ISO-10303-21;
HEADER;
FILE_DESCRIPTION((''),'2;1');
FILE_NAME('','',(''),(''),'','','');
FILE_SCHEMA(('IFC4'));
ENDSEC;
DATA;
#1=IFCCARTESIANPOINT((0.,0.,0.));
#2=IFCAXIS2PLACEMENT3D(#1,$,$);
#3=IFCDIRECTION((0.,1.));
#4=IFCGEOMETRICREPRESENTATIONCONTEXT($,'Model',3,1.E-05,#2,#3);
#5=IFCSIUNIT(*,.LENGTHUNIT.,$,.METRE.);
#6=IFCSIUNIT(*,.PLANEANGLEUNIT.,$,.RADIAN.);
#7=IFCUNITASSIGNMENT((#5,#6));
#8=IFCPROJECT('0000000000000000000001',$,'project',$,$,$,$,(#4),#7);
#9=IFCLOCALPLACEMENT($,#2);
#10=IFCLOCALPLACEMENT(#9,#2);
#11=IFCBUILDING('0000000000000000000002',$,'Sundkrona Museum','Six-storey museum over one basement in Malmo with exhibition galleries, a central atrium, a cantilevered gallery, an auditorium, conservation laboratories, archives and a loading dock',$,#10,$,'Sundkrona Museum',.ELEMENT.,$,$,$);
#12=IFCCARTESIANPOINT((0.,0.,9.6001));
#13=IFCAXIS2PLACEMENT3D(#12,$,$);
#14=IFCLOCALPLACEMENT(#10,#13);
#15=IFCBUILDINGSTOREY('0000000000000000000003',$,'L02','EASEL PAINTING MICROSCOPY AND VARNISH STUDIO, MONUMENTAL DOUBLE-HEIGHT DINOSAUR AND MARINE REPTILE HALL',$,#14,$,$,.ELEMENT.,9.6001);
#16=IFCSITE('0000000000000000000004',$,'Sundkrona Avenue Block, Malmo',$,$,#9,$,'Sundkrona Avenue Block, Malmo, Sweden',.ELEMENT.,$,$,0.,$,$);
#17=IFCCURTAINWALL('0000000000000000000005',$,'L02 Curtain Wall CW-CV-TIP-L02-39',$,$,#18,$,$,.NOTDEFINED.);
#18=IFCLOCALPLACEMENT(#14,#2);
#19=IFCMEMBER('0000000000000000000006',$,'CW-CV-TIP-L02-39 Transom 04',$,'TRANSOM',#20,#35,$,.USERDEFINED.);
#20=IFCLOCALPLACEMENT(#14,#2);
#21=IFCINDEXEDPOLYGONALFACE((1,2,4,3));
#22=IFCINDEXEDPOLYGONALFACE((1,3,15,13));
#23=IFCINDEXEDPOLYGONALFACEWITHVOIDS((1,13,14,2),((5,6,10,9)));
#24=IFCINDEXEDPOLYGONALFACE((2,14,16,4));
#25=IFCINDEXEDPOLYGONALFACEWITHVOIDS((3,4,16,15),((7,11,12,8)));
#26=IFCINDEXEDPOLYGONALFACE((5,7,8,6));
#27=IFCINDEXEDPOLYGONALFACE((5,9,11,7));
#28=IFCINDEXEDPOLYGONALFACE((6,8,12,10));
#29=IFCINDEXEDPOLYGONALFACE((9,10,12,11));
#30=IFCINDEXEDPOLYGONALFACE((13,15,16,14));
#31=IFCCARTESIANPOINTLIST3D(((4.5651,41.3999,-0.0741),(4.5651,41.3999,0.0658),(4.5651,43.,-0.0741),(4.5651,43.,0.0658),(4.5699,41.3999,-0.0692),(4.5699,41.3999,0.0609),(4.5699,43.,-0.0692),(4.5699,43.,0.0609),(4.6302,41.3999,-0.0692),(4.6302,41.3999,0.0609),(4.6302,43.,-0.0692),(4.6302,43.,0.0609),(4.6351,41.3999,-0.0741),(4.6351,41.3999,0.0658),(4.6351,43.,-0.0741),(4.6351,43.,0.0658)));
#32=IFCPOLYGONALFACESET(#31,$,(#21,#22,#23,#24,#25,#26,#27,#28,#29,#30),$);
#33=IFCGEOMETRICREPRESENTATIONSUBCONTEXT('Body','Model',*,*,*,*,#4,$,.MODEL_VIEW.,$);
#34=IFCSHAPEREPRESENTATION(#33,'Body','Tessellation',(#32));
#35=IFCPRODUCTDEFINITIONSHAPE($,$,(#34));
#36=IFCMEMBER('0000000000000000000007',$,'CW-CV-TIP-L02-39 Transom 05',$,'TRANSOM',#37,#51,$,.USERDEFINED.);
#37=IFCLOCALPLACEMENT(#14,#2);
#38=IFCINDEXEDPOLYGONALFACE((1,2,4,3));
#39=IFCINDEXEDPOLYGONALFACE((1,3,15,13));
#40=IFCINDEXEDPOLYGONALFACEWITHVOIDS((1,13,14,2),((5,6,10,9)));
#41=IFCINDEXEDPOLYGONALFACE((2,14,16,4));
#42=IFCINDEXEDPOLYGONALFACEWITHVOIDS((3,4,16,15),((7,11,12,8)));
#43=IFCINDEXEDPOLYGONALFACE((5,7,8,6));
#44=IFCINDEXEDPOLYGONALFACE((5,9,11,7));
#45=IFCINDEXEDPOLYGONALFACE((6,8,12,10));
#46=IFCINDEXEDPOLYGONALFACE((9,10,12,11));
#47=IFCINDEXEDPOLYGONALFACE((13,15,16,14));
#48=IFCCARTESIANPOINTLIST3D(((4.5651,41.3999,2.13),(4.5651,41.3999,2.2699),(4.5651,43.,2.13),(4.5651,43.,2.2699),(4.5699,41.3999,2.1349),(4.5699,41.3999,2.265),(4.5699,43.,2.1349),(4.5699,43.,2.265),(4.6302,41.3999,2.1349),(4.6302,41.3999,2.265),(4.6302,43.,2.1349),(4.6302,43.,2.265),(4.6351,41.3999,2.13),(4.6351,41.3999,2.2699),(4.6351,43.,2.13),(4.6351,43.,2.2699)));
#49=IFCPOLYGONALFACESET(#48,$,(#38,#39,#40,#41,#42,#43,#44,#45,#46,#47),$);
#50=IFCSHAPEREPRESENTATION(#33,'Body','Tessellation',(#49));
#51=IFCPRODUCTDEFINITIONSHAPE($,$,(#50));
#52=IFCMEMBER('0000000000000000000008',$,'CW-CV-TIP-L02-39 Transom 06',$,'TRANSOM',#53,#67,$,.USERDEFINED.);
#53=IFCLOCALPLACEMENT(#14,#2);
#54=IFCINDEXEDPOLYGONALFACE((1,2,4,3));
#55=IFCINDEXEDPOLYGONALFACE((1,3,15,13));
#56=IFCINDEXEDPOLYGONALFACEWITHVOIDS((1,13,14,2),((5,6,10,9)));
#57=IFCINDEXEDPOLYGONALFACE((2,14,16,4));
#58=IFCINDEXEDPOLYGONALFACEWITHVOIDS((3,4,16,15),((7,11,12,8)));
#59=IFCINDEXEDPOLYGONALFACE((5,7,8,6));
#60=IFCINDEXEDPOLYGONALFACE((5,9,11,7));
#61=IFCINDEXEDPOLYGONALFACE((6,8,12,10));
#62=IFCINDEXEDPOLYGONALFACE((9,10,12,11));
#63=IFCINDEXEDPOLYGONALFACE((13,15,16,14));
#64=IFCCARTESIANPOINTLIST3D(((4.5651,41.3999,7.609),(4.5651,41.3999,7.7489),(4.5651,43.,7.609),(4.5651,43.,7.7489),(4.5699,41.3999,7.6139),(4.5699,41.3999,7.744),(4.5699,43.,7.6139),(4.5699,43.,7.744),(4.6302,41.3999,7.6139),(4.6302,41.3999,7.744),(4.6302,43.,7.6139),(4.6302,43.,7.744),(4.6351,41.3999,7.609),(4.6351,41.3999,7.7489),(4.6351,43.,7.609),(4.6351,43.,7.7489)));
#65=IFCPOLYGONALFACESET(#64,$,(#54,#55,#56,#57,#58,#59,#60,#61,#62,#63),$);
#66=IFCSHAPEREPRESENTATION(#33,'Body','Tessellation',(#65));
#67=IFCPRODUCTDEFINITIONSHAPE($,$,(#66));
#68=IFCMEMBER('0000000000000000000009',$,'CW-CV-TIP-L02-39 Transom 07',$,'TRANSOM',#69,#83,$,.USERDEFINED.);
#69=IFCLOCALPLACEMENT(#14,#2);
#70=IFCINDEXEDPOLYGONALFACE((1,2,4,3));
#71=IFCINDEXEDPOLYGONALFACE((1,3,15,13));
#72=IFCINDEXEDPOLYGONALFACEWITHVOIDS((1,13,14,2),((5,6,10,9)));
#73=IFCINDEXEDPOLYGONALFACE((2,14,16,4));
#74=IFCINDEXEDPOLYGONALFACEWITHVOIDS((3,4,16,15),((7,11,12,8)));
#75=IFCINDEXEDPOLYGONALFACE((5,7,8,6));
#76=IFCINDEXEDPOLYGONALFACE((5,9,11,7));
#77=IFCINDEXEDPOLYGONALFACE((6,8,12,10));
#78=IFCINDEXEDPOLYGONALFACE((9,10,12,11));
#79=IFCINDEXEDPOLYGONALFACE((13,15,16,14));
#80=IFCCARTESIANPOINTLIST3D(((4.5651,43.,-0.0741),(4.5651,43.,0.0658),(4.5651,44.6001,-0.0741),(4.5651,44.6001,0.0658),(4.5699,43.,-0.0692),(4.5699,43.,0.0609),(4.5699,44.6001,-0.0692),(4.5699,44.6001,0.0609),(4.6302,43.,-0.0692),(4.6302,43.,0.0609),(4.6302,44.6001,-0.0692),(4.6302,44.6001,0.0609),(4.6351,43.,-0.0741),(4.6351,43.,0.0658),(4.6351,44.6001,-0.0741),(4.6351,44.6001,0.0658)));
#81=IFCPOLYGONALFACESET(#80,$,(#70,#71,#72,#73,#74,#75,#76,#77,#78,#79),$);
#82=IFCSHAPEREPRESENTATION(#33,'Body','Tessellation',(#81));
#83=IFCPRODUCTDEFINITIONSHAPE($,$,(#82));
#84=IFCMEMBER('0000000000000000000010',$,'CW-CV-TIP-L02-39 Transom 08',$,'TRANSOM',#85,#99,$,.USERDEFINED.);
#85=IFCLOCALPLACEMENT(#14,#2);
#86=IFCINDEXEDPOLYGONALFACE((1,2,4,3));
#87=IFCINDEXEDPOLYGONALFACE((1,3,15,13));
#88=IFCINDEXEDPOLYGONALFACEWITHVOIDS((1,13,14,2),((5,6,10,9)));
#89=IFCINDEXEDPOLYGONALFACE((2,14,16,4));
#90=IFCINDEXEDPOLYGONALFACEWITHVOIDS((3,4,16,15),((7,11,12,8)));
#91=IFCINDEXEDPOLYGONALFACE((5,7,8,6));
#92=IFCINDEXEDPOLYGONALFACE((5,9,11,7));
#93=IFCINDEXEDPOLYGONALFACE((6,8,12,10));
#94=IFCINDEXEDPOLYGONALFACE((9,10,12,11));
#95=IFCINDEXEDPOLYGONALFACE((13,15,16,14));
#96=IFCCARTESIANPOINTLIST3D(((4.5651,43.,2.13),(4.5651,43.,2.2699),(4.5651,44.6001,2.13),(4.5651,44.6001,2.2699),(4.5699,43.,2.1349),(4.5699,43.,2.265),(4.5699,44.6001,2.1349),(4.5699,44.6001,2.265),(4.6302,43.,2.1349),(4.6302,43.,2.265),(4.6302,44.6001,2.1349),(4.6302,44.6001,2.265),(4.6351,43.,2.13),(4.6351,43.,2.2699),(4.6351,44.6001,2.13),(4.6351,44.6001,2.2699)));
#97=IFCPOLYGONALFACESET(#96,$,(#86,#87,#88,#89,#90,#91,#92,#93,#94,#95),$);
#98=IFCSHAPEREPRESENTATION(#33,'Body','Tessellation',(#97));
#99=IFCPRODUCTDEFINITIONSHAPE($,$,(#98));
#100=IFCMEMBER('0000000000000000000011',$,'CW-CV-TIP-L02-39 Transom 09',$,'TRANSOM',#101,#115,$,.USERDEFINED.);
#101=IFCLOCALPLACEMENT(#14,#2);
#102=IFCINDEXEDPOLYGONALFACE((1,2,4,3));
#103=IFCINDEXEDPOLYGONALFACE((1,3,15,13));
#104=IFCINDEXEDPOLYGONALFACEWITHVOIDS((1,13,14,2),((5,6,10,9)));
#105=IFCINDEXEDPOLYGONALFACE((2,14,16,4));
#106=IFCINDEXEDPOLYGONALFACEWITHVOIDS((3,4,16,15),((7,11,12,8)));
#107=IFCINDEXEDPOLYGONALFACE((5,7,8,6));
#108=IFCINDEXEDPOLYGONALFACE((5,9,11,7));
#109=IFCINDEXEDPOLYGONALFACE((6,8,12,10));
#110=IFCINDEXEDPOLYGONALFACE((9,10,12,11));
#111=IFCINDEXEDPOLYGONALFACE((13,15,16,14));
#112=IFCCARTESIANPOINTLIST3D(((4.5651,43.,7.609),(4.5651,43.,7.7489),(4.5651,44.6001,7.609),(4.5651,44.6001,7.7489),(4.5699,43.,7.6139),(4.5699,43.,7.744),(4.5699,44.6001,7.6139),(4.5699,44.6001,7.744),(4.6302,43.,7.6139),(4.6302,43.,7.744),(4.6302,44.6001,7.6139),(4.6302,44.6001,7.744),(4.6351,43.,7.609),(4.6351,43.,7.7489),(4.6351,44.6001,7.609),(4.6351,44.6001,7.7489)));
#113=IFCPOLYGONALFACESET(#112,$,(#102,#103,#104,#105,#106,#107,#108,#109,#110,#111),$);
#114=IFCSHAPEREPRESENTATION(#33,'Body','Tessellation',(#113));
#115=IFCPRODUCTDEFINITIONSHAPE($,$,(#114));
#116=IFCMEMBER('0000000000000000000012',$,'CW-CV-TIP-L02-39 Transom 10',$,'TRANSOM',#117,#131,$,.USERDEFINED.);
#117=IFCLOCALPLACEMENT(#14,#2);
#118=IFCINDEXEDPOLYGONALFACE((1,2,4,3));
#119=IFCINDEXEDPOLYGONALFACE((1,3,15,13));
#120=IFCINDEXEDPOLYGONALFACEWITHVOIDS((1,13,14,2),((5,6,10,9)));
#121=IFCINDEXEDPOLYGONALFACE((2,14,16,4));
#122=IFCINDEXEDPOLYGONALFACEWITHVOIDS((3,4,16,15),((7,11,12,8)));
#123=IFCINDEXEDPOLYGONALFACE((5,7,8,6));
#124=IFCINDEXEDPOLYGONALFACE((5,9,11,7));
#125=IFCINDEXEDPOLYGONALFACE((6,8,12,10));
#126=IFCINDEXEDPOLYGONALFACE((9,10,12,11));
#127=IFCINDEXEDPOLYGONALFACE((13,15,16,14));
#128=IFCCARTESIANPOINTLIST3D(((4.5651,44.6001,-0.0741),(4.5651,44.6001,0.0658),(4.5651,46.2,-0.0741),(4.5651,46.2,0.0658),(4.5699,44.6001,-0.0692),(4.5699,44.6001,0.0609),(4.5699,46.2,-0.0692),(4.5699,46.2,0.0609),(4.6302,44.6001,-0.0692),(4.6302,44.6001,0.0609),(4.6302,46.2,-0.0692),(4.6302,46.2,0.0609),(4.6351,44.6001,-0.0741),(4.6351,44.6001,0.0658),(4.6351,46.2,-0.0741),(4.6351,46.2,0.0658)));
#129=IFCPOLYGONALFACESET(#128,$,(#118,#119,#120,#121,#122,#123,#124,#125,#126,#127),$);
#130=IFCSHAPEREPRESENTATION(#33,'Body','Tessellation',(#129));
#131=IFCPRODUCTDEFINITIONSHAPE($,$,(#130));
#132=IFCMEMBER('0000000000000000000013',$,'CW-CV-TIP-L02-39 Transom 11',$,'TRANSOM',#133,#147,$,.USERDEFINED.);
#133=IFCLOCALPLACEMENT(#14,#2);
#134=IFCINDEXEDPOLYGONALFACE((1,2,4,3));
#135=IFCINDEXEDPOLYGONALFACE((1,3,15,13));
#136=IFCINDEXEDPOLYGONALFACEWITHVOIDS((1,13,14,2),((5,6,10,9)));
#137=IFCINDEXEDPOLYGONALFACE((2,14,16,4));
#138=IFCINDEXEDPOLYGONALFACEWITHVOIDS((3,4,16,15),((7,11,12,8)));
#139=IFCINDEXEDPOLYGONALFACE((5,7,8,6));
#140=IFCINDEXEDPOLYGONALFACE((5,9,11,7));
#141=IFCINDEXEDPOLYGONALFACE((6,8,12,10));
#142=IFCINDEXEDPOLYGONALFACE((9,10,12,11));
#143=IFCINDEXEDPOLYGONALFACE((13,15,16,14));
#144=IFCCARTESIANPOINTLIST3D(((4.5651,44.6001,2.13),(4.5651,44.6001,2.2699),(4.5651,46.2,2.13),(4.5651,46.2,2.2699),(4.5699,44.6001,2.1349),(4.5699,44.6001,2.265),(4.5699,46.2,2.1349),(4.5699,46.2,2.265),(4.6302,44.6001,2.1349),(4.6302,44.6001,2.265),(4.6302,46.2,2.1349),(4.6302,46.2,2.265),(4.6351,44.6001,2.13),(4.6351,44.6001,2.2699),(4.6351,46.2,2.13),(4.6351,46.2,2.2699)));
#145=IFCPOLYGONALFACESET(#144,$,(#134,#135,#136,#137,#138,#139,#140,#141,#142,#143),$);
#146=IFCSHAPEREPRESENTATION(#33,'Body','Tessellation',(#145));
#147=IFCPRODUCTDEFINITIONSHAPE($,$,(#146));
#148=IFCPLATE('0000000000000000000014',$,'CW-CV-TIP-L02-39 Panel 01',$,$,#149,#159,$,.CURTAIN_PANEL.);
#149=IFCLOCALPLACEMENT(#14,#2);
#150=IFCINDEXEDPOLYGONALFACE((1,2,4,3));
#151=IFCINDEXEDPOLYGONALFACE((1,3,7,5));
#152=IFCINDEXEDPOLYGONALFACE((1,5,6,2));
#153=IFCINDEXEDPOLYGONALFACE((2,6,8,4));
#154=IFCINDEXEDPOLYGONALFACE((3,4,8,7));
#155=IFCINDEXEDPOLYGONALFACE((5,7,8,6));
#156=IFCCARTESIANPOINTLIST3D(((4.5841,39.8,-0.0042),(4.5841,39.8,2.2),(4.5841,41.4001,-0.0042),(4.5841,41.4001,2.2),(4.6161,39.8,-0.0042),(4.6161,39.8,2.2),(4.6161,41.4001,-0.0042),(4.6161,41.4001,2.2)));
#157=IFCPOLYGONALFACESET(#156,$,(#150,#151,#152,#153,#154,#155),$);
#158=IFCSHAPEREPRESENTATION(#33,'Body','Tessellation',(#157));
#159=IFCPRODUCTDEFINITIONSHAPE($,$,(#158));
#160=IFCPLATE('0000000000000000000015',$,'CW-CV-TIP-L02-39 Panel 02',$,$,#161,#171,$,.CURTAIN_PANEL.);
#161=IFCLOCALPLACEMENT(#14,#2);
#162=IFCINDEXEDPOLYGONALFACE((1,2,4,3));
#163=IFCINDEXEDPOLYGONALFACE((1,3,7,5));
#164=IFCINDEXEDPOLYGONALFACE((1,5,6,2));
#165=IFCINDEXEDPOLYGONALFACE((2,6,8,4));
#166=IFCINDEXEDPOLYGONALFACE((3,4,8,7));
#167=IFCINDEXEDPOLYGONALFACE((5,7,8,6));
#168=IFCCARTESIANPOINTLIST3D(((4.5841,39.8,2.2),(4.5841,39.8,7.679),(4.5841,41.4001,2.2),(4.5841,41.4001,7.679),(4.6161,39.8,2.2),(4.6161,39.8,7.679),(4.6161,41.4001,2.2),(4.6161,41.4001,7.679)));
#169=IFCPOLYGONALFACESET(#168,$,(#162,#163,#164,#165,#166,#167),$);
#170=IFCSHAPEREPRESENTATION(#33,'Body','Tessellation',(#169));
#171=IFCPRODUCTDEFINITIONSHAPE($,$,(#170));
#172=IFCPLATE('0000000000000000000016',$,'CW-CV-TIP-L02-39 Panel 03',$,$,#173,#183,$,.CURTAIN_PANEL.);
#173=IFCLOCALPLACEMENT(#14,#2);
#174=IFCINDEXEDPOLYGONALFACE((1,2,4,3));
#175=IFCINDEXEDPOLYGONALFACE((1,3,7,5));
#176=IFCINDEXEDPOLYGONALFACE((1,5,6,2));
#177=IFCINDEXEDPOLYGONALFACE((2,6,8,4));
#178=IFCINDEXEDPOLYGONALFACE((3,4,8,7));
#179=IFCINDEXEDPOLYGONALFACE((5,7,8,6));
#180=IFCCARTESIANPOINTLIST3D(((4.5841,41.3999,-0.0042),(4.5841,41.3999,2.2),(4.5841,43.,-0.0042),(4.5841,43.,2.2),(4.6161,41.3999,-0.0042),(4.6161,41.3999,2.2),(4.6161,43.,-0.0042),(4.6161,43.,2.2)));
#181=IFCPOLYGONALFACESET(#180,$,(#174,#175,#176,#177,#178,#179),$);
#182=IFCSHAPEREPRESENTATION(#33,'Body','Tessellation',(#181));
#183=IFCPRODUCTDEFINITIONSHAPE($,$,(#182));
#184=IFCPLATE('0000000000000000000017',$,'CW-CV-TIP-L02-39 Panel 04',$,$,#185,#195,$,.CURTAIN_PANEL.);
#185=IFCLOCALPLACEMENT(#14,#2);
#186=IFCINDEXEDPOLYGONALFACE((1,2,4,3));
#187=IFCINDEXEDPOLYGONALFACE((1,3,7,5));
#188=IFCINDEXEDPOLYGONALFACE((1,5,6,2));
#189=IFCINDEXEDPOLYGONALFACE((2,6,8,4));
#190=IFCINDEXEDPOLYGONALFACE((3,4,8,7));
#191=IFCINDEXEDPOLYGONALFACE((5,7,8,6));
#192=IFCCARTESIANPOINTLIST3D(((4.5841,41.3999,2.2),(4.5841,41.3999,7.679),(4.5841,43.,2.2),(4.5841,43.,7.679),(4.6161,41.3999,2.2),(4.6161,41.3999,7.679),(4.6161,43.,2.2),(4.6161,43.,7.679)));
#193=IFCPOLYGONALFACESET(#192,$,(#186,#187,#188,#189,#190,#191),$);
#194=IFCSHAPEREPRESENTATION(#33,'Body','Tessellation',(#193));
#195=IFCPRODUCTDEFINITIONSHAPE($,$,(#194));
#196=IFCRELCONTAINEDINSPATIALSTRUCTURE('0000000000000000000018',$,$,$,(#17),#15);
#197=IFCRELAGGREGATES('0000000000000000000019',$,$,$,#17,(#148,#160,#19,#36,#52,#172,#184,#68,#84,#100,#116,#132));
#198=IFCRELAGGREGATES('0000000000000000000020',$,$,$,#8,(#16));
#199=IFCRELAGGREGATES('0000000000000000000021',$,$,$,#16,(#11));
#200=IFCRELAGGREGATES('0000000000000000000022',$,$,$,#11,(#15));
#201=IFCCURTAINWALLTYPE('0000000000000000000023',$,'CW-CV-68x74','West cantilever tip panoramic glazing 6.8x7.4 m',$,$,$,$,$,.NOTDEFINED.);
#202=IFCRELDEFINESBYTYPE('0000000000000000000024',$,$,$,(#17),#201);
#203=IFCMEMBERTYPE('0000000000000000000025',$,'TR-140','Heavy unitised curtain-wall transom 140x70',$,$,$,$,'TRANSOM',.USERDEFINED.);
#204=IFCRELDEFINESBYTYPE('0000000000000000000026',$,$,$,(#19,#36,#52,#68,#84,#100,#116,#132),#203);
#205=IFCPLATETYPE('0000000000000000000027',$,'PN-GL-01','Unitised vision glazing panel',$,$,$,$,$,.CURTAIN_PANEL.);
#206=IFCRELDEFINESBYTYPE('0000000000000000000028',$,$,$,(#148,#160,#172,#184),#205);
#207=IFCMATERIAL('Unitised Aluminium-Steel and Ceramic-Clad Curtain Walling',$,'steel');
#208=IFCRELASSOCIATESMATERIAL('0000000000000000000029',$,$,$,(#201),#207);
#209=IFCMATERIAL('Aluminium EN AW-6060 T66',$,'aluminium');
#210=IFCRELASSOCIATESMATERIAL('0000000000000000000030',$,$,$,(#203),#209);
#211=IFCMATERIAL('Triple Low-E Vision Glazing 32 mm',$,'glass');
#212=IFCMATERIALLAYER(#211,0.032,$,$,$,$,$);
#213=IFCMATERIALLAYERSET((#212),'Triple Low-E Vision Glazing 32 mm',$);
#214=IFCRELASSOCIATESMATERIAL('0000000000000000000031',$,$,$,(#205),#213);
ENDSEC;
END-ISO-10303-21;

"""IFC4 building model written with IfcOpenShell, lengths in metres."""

from ifc_helpers import new_model, si_unit, direction, frame, origin, origin_2d, place, context, subcontext, project, spatial, rectangle, hollow_rectangle, extrude, material, layer, layer_set, material_profile, profile_set, type_object, element, aggregate, save


model = new_model("IFC4")

# Units and contexts
model_context = context("Model", 3, precision=1e-05, world=origin(), true_north=direction((0.0, 1.0)))
body_context = subcontext(model_context, "Body", "Model", "MODEL_VIEW")
ifc_project = project(units=[si_unit("LENGTHUNIT", "METRE"), si_unit("PLANEANGLEUNIT", "RADIAN")], contexts=[model_context])

# Site, building, storey
site_placement = place(None, origin())
site = spatial("IfcSite", under=ifc_project, at=site_placement, Name="Sundkrona Avenue Block, Malmo", LongName="Sundkrona Avenue Block, Malmo, Sweden", CompositionType="ELEMENT", RefElevation=0.0)
building_placement = place(site_placement, origin())
building = spatial("IfcBuilding", under=site, at=building_placement, Name="Sundkrona Museum", Description="Six-storey museum over one basement in Malmo with exhibition galleries, a central atrium, a cantilevered gallery, an auditorium, conservation laboratories, archives and a loading dock", LongName="Sundkrona Museum", CompositionType="ELEMENT")
storey_placement = place(building_placement, frame((0.0, 0.0, 9.6001)))
storey = spatial("IfcBuildingStorey", under=building, at=storey_placement, Name="L02", Description="EASEL PAINTING MICROSCOPY AND VARNISH STUDIO, MONUMENTAL DOUBLE-HEIGHT DINOSAUR AND MARINE REPTILE HALL", CompositionType="ELEMENT", Elevation=9.6001)

# Shared definitions
ifc_material_1 = material(Name="Unitised Aluminium-Steel and Ceramic-Clad Curtain Walling", Category="steel")
curtain_wall_type = type_object("IfcCurtainWallType", Name="CW-CV-68x74", Description="West cantilever tip panoramic glazing 6.8x7.4 m", PredefinedType="NOTDEFINED", material=ifc_material_1)
ifc_material_2 = material(Name="Aluminium EN AW-6060 T66", Category="aluminium")

# Curtain wall, members, plates
curtain_wall_1_placement = place(storey_placement, origin())
curtain_wall_1 = element("IfcCurtainWall", 1, at=curtain_wall_1_placement, inside=storey, type_object=curtain_wall_type, Name="L02 Curtain Wall CW-CV-TIP-L02-39", PredefinedType="NOTDEFINED")
ifc_material_profile_1 = material_profile(ifc_material_2, hollow_rectangle(XDim=0.0701, YDim=0.1399, WallThickness=0.0049, at=origin_2d()), Name="RHS 140x70x5.0")
ifc_profile_set_1 = profile_set([ifc_material_profile_1], Name="Aluminium EN AW-6060 T66")
member_type_1 = type_object("IfcMemberType", Name="TR-140", Description="Heavy unitised curtain-wall transom 140x70", ElementType="TRANSOM", PredefinedType="USERDEFINED", material=ifc_profile_set_1)
member_1_placement = place(storey_placement, frame((4.6001, 41.3999, -0.0042), z_axis=(0.0, 1.0, 0.0), x_axis=(-1.0, 0.0, 0.0)))
member_1 = element("IfcMember", 2, at=member_1_placement, type_object=member_type_1, Name="CW-CV-TIP-L02-39 Transom 04", ObjectType="TRANSOM", PredefinedType="USERDEFINED", context=body_context, shape_type="SweptSolid", body=[
    extrude(hollow_rectangle(XDim=0.0701, YDim=0.1399, WallThickness=0.0049, at=origin_2d()), origin(), (0.0, 0.0, 1.0), 1.6001),
])
member_2_placement = place(storey_placement, frame((4.6001, 41.3999, 2.2), z_axis=(0.0, 1.0, 0.0), x_axis=(-1.0, 0.0, 0.0)))
member_2 = element("IfcMember", 3, at=member_2_placement, type_object=member_type_1, Name="CW-CV-TIP-L02-39 Transom 05", ObjectType="TRANSOM", PredefinedType="USERDEFINED", context=body_context, shape_type="SweptSolid", body=[
    extrude(hollow_rectangle(XDim=0.0701, YDim=0.1399, WallThickness=0.0049, at=origin_2d()), origin(), (0.0, 0.0, 1.0), 1.6001),
])
member_3_placement = place(storey_placement, frame((4.6001, 41.3999, 7.679), z_axis=(0.0, 1.0, 0.0), x_axis=(-1.0, 0.0, 0.0)))
member_3 = element("IfcMember", 4, at=member_3_placement, type_object=member_type_1, Name="CW-CV-TIP-L02-39 Transom 06", ObjectType="TRANSOM", PredefinedType="USERDEFINED", context=body_context, shape_type="SweptSolid", body=[
    extrude(hollow_rectangle(XDim=0.0701, YDim=0.1399, WallThickness=0.0049, at=origin_2d()), origin(), (0.0, 0.0, 1.0), 1.6001),
])
member_4_placement = place(storey_placement, frame((4.6001, 43.0, -0.0042), z_axis=(0.0, 1.0, 0.0), x_axis=(-1.0, 0.0, 0.0)))
member_4 = element("IfcMember", 5, at=member_4_placement, type_object=member_type_1, Name="CW-CV-TIP-L02-39 Transom 07", ObjectType="TRANSOM", PredefinedType="USERDEFINED", context=body_context, shape_type="SweptSolid", body=[
    extrude(hollow_rectangle(XDim=0.0701, YDim=0.1399, WallThickness=0.0049, at=origin_2d()), origin(), (0.0, 0.0, 1.0), 1.6001),
])
member_5_placement = place(storey_placement, frame((4.6001, 43.0, 2.2), z_axis=(0.0, 1.0, 0.0), x_axis=(-1.0, 0.0, 0.0)))
member_5 = element("IfcMember", 6, at=member_5_placement, type_object=member_type_1, Name="CW-CV-TIP-L02-39 Transom 08", ObjectType="TRANSOM", PredefinedType="USERDEFINED", context=body_context, shape_type="SweptSolid", body=[
    extrude(hollow_rectangle(XDim=0.0701, YDim=0.1399, WallThickness=0.0049, at=origin_2d()), origin(), (0.0, 0.0, 1.0), 1.6001),
])
member_6_placement = place(storey_placement, frame((4.6001, 43.0, 7.679), z_axis=(0.0, 1.0, 0.0), x_axis=(-1.0, 0.0, 0.0)))
member_6 = element("IfcMember", 7, at=member_6_placement, type_object=member_type_1, Name="CW-CV-TIP-L02-39 Transom 09", ObjectType="TRANSOM", PredefinedType="USERDEFINED", context=body_context, shape_type="SweptSolid", body=[
    extrude(hollow_rectangle(XDim=0.0701, YDim=0.1399, WallThickness=0.0049, at=origin_2d()), origin(), (0.0, 0.0, 1.0), 1.6001),
])
member_7_placement = place(storey_placement, frame((4.6001, 44.6001, -0.0042), z_axis=(0.0, 1.0, 0.0), x_axis=(-1.0, 0.0, 0.0)))
member_7 = element("IfcMember", 8, at=member_7_placement, type_object=member_type_1, Name="CW-CV-TIP-L02-39 Transom 10", ObjectType="TRANSOM", PredefinedType="USERDEFINED", context=body_context, shape_type="SweptSolid", body=[
    extrude(hollow_rectangle(XDim=0.0701, YDim=0.1399, WallThickness=0.0049, at=origin_2d()), origin(), (0.0, 0.0, 1.0), 1.5999),
])
member_8_placement = place(storey_placement, frame((4.6001, 44.6001, 2.2), z_axis=(0.0, 1.0, 0.0), x_axis=(-1.0, 0.0, 0.0)))
member_8 = element("IfcMember", 9, at=member_8_placement, type_object=member_type_1, Name="CW-CV-TIP-L02-39 Transom 11", ObjectType="TRANSOM", PredefinedType="USERDEFINED", context=body_context, shape_type="SweptSolid", body=[
    extrude(hollow_rectangle(XDim=0.0701, YDim=0.1399, WallThickness=0.0049, at=origin_2d()), origin(), (0.0, 0.0, 1.0), 1.5999),
])
ifc_material_3 = material(Name="Triple Low-E Vision Glazing 32 mm", Category="glass")
ifc_layer = layer(ifc_material_3, 0.032)
ifc_layer_set = layer_set([ifc_layer], Name="Triple Low-E Vision Glazing 32 mm")
plate_type = type_object("IfcPlateType", Name="PN-GL-01", Description="Unitised vision glazing panel", PredefinedType="CURTAIN_PANEL", material=ifc_layer_set)
plate_1_placement = place(storey_placement, frame((4.6001, 40.6001, -0.0042), z_axis=(0.0, 0.0, 1.0), x_axis=(0.0, 1.0, 0.0)))
plate_1 = element("IfcPlate", 10, at=plate_1_placement, type_object=plate_type, Name="CW-CV-TIP-L02-39 Panel 01", PredefinedType="CURTAIN_PANEL", context=body_context, shape_type="SweptSolid", body=[
    extrude(rectangle(XDim=1.6001, YDim=0.032, at=origin_2d()), origin(), (0.0, 0.0, 1.0), 2.2041),
])
plate_2_placement = place(storey_placement, frame((4.6001, 40.6001, 2.2), z_axis=(0.0, 0.0, 1.0), x_axis=(0.0, 1.0, 0.0)))
plate_2 = element("IfcPlate", 11, at=plate_2_placement, type_object=plate_type, Name="CW-CV-TIP-L02-39 Panel 02", PredefinedType="CURTAIN_PANEL", context=body_context, shape_type="SweptSolid", body=[
    extrude(rectangle(XDim=1.6001, YDim=0.032, at=origin_2d()), origin(), (0.0, 0.0, 1.0), 5.479),
])
plate_3_placement = place(storey_placement, frame((4.6001, 42.2, -0.0042), z_axis=(0.0, 0.0, 1.0), x_axis=(0.0, 1.0, 0.0)))
plate_3 = element("IfcPlate", 12, at=plate_3_placement, type_object=plate_type, Name="CW-CV-TIP-L02-39 Panel 03", PredefinedType="CURTAIN_PANEL", context=body_context, shape_type="SweptSolid", body=[
    extrude(rectangle(XDim=1.6001, YDim=0.032, at=origin_2d()), origin(), (0.0, 0.0, 1.0), 2.2041),
])
plate_4_placement = place(storey_placement, frame((4.6001, 42.2, 2.2), z_axis=(0.0, 0.0, 1.0), x_axis=(0.0, 1.0, 0.0)))
plate_4 = element("IfcPlate", 13, at=plate_4_placement, type_object=plate_type, Name="CW-CV-TIP-L02-39 Panel 04", PredefinedType="CURTAIN_PANEL", context=body_context, shape_type="SweptSolid", body=[
    extrude(rectangle(XDim=1.6001, YDim=0.032, at=origin_2d()), origin(), (0.0, 0.0, 1.0), 5.479),
])
aggregate(curtain_wall_1, [plate_1, plate_2, member_1, member_2, member_3, plate_3, plate_4, member_4, member_5, member_6, member_7, member_8])

save(model, "model.ifc")
